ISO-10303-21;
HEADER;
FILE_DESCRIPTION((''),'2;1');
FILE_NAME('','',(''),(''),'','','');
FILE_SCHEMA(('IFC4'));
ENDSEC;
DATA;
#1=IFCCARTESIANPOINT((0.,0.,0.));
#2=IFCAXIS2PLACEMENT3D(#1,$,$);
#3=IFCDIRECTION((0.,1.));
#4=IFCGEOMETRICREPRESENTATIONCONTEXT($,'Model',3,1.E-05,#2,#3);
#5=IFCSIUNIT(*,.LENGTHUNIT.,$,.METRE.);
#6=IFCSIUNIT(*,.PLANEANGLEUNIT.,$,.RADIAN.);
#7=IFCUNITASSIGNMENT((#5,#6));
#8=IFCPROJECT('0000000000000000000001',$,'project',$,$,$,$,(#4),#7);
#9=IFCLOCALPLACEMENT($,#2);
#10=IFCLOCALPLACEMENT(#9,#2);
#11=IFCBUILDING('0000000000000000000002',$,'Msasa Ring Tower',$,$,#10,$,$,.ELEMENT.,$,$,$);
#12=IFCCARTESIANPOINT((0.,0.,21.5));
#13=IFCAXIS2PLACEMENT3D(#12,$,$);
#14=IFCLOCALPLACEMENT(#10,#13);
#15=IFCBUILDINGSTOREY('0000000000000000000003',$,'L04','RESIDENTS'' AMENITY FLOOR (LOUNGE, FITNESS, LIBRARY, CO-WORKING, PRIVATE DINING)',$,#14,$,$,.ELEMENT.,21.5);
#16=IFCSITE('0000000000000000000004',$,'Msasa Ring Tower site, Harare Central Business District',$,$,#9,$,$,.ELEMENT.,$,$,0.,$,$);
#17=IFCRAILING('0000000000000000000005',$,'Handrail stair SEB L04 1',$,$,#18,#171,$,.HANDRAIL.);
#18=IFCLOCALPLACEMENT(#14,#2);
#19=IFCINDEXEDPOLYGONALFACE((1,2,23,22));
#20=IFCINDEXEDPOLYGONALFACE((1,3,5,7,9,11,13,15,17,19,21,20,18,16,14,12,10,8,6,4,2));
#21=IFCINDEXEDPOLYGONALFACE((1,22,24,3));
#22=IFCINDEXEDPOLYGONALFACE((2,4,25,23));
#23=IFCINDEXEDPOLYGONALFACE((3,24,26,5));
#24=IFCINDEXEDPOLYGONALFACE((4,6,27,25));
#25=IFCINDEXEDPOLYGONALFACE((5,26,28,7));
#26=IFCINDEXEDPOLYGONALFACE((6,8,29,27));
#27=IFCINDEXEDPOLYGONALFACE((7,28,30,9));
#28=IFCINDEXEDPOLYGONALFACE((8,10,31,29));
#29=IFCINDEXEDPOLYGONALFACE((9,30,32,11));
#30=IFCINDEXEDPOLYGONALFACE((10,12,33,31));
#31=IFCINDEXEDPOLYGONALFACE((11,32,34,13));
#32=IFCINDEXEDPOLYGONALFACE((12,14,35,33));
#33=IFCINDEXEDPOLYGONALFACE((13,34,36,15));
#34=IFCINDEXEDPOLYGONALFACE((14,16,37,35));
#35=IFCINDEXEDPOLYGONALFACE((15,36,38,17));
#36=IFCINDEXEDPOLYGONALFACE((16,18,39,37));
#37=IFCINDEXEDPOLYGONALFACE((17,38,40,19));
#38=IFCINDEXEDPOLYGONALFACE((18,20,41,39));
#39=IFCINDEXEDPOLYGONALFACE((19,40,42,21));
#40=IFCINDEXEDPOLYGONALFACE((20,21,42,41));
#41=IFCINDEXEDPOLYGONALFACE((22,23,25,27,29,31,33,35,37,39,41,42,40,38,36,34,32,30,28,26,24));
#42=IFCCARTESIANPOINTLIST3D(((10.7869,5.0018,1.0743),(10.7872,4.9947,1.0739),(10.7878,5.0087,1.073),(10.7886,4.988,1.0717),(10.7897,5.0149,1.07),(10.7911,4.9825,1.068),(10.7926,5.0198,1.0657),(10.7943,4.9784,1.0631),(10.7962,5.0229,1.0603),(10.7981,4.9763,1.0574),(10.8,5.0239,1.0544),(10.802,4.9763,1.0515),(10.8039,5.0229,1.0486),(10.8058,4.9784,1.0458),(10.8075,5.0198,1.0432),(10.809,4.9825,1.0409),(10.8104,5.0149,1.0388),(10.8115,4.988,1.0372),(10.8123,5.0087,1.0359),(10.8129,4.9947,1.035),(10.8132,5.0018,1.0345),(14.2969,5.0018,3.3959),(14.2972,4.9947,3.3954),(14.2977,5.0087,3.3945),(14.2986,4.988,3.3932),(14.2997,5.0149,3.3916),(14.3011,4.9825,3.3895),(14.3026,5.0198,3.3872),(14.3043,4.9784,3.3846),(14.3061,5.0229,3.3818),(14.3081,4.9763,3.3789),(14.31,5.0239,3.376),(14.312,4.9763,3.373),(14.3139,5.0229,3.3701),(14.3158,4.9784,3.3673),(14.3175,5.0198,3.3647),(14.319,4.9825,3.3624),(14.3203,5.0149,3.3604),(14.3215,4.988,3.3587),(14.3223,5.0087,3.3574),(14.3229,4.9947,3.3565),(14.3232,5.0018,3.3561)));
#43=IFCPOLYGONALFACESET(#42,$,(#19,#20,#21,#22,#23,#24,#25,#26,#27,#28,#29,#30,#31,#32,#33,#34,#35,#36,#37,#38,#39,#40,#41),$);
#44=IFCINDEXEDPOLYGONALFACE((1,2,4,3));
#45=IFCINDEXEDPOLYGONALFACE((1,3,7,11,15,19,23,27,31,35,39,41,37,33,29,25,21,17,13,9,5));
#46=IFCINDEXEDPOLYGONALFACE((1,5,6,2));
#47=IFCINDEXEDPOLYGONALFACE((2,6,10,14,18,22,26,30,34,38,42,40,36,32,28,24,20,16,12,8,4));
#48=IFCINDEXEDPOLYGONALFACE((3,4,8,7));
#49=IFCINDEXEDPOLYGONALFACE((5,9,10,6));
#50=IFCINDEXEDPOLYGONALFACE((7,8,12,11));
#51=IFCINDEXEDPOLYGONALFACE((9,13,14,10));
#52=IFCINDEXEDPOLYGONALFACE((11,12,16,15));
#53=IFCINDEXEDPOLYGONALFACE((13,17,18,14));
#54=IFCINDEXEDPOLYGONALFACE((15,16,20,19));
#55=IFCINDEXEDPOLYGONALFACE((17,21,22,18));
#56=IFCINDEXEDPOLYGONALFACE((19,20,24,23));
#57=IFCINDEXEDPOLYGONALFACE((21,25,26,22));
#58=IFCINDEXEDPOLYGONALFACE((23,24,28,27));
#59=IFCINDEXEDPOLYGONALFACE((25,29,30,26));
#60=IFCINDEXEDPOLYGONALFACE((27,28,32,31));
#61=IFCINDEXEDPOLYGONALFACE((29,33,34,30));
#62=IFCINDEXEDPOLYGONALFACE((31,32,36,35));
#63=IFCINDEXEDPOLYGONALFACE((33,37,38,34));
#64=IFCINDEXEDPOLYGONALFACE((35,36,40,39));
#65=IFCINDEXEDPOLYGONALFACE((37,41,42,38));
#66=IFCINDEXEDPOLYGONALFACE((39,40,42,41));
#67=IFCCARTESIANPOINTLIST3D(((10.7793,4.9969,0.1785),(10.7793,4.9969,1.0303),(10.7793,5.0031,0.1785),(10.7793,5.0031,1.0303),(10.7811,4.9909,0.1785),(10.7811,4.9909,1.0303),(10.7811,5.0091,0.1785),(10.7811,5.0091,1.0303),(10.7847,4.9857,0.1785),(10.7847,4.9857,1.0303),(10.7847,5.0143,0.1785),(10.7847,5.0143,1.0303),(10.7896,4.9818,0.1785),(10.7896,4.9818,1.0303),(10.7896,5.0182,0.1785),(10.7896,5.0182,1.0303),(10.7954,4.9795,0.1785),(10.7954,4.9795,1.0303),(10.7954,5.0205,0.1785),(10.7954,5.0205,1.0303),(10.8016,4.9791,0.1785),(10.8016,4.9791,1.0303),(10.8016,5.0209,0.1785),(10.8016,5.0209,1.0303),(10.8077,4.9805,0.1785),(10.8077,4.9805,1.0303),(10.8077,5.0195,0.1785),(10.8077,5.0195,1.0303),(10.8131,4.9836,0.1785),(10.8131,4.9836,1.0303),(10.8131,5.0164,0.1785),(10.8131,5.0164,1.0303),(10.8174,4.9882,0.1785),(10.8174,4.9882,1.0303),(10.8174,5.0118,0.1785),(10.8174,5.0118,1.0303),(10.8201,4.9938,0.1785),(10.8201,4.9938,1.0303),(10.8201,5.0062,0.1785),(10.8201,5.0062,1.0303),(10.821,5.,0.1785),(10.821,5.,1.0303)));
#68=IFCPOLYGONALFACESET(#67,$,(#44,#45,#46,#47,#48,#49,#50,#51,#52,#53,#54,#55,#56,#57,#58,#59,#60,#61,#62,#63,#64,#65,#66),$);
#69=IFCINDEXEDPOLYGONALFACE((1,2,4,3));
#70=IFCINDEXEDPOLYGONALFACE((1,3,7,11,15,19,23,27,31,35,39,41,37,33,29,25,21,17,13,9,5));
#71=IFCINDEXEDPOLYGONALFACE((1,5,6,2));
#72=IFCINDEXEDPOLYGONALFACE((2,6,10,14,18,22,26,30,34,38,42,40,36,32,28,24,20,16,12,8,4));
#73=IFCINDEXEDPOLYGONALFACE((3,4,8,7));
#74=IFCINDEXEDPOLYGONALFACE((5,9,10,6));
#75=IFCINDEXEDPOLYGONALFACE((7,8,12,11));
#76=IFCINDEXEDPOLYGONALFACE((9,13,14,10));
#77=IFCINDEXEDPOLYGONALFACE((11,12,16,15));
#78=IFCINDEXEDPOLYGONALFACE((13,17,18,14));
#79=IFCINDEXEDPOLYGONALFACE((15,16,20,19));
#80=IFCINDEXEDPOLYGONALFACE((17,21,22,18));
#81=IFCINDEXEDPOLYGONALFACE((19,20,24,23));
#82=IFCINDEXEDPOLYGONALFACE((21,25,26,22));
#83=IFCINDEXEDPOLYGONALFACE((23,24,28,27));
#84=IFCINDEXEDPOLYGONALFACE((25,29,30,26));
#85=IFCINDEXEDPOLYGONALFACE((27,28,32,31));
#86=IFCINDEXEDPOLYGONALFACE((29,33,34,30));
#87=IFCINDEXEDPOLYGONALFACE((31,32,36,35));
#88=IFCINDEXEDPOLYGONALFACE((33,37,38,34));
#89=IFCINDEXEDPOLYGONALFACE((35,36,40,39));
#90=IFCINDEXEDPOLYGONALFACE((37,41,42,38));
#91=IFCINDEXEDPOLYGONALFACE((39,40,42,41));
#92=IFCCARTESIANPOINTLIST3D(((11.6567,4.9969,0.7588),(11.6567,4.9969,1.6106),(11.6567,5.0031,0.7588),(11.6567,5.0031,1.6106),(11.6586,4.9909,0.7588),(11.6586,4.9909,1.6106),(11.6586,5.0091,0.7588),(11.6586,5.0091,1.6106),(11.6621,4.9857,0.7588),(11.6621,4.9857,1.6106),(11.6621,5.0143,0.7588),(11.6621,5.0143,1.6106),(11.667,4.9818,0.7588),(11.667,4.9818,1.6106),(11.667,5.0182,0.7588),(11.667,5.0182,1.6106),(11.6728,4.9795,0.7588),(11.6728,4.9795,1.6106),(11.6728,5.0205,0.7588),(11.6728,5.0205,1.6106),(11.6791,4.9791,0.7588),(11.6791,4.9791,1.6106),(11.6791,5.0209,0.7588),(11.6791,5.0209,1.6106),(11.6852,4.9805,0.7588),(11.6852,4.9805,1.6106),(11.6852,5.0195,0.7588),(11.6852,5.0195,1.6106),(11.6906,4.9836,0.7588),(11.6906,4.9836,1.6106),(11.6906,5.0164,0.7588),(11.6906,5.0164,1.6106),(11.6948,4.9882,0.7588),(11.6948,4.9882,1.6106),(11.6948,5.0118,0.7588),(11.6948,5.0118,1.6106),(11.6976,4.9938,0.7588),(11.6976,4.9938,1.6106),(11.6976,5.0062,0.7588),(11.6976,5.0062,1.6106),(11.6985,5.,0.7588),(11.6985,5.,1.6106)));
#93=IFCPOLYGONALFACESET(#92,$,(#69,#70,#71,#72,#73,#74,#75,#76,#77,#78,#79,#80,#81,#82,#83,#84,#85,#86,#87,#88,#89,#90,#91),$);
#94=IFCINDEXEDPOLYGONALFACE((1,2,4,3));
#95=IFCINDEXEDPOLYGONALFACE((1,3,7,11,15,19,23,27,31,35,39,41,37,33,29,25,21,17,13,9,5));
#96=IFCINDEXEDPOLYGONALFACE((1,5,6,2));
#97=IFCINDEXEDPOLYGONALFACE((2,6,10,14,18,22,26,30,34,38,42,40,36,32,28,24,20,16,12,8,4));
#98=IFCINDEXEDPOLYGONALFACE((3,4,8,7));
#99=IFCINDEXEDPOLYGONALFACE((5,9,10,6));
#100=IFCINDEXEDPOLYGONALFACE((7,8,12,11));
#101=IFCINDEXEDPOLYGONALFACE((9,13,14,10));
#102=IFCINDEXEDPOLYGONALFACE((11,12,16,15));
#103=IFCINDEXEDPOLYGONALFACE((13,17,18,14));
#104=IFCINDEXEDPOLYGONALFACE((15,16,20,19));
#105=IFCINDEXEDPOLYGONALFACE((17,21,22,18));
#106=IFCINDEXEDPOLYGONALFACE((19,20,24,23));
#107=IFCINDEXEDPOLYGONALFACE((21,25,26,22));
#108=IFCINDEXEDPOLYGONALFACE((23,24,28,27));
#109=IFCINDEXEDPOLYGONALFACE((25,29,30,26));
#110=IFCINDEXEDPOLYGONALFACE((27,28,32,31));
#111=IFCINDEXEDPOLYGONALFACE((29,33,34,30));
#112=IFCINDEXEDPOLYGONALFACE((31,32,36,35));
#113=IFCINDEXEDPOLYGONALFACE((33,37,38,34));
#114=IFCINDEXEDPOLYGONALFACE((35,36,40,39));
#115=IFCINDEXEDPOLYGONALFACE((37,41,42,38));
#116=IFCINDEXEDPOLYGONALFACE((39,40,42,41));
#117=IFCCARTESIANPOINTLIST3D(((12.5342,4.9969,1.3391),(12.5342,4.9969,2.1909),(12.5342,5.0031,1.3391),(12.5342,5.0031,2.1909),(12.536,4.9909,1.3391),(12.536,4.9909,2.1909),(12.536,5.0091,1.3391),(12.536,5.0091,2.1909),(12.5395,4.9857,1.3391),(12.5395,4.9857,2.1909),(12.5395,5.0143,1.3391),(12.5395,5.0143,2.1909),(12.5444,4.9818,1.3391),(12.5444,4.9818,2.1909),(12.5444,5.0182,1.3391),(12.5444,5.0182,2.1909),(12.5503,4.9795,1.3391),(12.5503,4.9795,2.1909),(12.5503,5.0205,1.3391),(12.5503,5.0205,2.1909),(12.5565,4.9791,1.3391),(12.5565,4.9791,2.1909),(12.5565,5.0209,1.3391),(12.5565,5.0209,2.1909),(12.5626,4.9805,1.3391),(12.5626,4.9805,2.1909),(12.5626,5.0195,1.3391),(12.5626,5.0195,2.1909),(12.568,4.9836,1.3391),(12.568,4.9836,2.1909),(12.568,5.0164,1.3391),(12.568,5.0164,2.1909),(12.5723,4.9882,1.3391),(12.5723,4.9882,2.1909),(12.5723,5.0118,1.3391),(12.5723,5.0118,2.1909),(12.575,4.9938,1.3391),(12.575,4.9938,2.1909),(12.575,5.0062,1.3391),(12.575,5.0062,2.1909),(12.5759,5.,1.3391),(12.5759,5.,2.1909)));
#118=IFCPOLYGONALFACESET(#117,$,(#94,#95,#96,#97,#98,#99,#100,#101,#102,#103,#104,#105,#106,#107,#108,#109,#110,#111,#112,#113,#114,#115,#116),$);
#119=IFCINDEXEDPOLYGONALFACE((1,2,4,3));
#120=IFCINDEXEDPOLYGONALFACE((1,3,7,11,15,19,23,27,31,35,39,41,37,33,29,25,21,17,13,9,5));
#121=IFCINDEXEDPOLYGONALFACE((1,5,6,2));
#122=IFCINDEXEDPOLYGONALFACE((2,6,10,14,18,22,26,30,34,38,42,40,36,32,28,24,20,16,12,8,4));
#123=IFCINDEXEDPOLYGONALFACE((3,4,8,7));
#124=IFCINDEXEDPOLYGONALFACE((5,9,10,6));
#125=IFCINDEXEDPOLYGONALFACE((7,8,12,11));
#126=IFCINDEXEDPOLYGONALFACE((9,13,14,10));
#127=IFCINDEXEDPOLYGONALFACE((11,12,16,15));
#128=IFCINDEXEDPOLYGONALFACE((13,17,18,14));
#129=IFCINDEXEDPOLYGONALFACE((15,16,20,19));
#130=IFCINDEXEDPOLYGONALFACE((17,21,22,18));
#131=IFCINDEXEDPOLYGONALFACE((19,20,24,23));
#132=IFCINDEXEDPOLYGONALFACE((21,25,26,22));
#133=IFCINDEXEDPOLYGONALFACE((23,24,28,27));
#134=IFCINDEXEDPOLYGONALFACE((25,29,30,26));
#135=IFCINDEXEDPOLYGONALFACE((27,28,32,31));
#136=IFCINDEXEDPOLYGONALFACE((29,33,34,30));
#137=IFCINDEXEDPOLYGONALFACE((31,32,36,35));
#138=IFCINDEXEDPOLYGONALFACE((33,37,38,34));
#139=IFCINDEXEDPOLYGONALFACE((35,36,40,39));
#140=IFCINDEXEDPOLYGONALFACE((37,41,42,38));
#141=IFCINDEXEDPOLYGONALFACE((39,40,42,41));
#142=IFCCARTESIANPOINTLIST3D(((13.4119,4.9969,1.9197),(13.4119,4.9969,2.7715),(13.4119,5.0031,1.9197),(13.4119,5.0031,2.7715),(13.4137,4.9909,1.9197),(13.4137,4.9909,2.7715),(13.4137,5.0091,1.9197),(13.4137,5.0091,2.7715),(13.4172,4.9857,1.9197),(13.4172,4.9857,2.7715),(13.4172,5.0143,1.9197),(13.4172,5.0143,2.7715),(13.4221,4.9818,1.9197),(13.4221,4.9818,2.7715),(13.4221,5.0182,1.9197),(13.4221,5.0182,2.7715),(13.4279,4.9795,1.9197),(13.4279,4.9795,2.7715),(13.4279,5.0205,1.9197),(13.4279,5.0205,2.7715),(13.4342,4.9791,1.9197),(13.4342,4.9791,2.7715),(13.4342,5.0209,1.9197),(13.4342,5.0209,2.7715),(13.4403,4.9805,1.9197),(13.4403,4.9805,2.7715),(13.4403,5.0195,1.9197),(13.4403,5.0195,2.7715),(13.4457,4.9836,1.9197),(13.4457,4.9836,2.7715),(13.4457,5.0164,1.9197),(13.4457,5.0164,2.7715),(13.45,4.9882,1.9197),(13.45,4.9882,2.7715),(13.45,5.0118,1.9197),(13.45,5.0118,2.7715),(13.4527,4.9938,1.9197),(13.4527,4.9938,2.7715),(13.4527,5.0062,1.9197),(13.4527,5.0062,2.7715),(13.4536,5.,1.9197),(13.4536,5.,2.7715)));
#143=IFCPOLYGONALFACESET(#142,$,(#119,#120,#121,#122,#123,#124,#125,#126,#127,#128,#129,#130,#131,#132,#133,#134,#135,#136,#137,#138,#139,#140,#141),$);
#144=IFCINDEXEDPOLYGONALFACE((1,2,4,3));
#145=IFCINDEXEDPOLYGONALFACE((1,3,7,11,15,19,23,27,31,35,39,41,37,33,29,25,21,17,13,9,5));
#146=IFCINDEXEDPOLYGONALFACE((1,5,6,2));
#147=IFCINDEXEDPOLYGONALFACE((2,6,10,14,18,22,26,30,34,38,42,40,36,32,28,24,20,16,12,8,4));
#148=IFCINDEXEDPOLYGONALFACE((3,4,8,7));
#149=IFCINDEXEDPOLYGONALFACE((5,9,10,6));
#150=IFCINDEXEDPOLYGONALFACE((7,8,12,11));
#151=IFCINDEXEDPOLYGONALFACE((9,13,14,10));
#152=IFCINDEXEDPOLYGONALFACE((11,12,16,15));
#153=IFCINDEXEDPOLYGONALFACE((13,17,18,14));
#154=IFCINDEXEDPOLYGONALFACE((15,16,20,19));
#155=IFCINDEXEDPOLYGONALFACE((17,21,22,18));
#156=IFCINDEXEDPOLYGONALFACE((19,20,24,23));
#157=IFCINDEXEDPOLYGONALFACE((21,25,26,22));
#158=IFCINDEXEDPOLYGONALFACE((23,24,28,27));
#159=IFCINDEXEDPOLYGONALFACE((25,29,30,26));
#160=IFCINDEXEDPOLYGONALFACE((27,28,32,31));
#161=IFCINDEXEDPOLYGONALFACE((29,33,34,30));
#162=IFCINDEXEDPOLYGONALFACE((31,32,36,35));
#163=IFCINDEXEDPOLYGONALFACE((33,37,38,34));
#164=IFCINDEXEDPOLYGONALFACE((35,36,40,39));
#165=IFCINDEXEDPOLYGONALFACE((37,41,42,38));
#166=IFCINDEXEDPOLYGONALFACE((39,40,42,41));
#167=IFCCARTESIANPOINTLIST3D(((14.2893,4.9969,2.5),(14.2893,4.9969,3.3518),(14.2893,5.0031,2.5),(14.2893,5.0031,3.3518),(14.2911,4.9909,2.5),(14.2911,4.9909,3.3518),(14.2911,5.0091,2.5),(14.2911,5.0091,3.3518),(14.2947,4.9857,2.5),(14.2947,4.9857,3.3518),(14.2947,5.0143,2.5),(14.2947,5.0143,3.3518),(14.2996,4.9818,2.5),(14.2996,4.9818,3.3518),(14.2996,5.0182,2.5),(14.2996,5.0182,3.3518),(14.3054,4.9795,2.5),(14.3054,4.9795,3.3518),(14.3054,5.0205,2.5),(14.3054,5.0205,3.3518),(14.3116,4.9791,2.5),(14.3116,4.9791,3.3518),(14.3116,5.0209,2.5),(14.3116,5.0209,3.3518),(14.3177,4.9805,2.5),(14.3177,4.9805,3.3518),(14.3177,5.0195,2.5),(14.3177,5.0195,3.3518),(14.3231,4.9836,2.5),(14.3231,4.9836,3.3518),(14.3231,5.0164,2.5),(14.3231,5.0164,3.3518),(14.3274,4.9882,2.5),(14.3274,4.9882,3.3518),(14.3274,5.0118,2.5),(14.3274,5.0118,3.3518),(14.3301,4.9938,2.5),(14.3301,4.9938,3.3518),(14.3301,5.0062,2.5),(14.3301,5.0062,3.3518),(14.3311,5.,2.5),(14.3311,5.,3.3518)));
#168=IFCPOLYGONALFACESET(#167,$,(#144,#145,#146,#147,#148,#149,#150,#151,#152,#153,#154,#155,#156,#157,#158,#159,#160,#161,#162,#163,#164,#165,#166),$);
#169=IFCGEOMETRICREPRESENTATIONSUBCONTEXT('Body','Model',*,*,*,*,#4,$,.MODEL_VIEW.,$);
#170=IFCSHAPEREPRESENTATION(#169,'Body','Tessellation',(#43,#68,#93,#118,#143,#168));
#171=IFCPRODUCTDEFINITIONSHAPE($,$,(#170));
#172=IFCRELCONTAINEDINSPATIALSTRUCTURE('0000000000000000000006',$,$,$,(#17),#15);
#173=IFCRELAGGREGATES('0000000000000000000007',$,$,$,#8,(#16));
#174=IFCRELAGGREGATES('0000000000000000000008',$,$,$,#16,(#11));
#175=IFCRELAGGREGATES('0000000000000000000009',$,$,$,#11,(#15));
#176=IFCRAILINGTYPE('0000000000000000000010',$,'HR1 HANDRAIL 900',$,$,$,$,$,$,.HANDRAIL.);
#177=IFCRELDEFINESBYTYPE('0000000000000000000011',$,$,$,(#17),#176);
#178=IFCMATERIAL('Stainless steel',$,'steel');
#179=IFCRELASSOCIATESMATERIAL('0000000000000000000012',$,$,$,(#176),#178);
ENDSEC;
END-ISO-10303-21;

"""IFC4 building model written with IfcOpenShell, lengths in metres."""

from ifc_helpers import new_model, si_unit, direction, frame, origin, origin_2d, place, context, subcontext, project, spatial, circle, extrude, material, type_object, element, save


model = new_model("IFC4")

# Units and contexts
model_context = context("Model", 3, precision=1e-05, world=origin(), true_north=direction((0.0, 1.0)))
body_context = subcontext(model_context, "Body", "Model", "MODEL_VIEW")
ifc_project = project(units=[si_unit("LENGTHUNIT", "METRE"), si_unit("PLANEANGLEUNIT", "RADIAN")], contexts=[model_context])

# Site, building, storey
site_placement = place(None, origin())
site = spatial("IfcSite", under=ifc_project, at=site_placement, Name="Msasa Ring Tower site, Harare Central Business District", CompositionType="ELEMENT", RefElevation=0.0)
building_placement = place(site_placement, origin())
building = spatial("IfcBuilding", under=site, at=building_placement, Name="Msasa Ring Tower", CompositionType="ELEMENT")
storey_placement = place(building_placement, frame((0.0, 0.0, 21.5)))
storey = spatial("IfcBuildingStorey", under=building, at=storey_placement, Name="L04", Description="RESIDENTS' AMENITY FLOOR (LOUNGE, FITNESS, LIBRARY, CO-WORKING, PRIVATE DINING)", CompositionType="ELEMENT", Elevation=21.5)

# Railing
ifc_material_1 = material(Name="Stainless steel", Category="steel")
railing_type = type_object("IfcRailingType", Name="HR1 HANDRAIL 900", PredefinedType="HANDRAIL", material=ifc_material_1)
for number, where, name in (
    (1, (10.8, 5.0, 0.1785), "Handrail stair SEB L04 1"),
):
    element("IfcRailing", number, at=place(storey_placement, frame(where)), inside=storey, type_object=railing_type, Name=name, PredefinedType="HANDRAIL", context=body_context, shape_type="SweptSolid", body=[
        extrude(circle(Radius=0.0239, at=origin_2d()), frame((0.0, 0.0, 0.876), z_axis=(0.834071, 0.0, 0.551657), x_axis=(0.0, 1.0, 0.0)), (0.0, 0.0, 1.0), 4.2083),
        extrude(circle(Radius=0.021, at=origin_2d()), origin(), (0.0, 0.0, 1.0), 0.8518),
        extrude(circle(Radius=0.021, at=origin_2d()), frame((0.8774, 0.0, 0.5803)), (0.0, 0.0, 1.0), 0.8518),
        extrude(circle(Radius=0.021, at=origin_2d()), frame((1.7549, 0.0, 1.1606)), (0.0, 0.0, 1.0), 0.8518),
        extrude(circle(Radius=0.021, at=origin_2d()), frame((2.6326, 0.0, 1.7412)), (0.0, 0.0, 1.0), 0.8518),
        extrude(circle(Radius=0.021, at=origin_2d()), frame((3.51, 0.0, 2.3215)), (0.0, 0.0, 1.0), 0.8518),
    ])

save(model, "model.ifc")
